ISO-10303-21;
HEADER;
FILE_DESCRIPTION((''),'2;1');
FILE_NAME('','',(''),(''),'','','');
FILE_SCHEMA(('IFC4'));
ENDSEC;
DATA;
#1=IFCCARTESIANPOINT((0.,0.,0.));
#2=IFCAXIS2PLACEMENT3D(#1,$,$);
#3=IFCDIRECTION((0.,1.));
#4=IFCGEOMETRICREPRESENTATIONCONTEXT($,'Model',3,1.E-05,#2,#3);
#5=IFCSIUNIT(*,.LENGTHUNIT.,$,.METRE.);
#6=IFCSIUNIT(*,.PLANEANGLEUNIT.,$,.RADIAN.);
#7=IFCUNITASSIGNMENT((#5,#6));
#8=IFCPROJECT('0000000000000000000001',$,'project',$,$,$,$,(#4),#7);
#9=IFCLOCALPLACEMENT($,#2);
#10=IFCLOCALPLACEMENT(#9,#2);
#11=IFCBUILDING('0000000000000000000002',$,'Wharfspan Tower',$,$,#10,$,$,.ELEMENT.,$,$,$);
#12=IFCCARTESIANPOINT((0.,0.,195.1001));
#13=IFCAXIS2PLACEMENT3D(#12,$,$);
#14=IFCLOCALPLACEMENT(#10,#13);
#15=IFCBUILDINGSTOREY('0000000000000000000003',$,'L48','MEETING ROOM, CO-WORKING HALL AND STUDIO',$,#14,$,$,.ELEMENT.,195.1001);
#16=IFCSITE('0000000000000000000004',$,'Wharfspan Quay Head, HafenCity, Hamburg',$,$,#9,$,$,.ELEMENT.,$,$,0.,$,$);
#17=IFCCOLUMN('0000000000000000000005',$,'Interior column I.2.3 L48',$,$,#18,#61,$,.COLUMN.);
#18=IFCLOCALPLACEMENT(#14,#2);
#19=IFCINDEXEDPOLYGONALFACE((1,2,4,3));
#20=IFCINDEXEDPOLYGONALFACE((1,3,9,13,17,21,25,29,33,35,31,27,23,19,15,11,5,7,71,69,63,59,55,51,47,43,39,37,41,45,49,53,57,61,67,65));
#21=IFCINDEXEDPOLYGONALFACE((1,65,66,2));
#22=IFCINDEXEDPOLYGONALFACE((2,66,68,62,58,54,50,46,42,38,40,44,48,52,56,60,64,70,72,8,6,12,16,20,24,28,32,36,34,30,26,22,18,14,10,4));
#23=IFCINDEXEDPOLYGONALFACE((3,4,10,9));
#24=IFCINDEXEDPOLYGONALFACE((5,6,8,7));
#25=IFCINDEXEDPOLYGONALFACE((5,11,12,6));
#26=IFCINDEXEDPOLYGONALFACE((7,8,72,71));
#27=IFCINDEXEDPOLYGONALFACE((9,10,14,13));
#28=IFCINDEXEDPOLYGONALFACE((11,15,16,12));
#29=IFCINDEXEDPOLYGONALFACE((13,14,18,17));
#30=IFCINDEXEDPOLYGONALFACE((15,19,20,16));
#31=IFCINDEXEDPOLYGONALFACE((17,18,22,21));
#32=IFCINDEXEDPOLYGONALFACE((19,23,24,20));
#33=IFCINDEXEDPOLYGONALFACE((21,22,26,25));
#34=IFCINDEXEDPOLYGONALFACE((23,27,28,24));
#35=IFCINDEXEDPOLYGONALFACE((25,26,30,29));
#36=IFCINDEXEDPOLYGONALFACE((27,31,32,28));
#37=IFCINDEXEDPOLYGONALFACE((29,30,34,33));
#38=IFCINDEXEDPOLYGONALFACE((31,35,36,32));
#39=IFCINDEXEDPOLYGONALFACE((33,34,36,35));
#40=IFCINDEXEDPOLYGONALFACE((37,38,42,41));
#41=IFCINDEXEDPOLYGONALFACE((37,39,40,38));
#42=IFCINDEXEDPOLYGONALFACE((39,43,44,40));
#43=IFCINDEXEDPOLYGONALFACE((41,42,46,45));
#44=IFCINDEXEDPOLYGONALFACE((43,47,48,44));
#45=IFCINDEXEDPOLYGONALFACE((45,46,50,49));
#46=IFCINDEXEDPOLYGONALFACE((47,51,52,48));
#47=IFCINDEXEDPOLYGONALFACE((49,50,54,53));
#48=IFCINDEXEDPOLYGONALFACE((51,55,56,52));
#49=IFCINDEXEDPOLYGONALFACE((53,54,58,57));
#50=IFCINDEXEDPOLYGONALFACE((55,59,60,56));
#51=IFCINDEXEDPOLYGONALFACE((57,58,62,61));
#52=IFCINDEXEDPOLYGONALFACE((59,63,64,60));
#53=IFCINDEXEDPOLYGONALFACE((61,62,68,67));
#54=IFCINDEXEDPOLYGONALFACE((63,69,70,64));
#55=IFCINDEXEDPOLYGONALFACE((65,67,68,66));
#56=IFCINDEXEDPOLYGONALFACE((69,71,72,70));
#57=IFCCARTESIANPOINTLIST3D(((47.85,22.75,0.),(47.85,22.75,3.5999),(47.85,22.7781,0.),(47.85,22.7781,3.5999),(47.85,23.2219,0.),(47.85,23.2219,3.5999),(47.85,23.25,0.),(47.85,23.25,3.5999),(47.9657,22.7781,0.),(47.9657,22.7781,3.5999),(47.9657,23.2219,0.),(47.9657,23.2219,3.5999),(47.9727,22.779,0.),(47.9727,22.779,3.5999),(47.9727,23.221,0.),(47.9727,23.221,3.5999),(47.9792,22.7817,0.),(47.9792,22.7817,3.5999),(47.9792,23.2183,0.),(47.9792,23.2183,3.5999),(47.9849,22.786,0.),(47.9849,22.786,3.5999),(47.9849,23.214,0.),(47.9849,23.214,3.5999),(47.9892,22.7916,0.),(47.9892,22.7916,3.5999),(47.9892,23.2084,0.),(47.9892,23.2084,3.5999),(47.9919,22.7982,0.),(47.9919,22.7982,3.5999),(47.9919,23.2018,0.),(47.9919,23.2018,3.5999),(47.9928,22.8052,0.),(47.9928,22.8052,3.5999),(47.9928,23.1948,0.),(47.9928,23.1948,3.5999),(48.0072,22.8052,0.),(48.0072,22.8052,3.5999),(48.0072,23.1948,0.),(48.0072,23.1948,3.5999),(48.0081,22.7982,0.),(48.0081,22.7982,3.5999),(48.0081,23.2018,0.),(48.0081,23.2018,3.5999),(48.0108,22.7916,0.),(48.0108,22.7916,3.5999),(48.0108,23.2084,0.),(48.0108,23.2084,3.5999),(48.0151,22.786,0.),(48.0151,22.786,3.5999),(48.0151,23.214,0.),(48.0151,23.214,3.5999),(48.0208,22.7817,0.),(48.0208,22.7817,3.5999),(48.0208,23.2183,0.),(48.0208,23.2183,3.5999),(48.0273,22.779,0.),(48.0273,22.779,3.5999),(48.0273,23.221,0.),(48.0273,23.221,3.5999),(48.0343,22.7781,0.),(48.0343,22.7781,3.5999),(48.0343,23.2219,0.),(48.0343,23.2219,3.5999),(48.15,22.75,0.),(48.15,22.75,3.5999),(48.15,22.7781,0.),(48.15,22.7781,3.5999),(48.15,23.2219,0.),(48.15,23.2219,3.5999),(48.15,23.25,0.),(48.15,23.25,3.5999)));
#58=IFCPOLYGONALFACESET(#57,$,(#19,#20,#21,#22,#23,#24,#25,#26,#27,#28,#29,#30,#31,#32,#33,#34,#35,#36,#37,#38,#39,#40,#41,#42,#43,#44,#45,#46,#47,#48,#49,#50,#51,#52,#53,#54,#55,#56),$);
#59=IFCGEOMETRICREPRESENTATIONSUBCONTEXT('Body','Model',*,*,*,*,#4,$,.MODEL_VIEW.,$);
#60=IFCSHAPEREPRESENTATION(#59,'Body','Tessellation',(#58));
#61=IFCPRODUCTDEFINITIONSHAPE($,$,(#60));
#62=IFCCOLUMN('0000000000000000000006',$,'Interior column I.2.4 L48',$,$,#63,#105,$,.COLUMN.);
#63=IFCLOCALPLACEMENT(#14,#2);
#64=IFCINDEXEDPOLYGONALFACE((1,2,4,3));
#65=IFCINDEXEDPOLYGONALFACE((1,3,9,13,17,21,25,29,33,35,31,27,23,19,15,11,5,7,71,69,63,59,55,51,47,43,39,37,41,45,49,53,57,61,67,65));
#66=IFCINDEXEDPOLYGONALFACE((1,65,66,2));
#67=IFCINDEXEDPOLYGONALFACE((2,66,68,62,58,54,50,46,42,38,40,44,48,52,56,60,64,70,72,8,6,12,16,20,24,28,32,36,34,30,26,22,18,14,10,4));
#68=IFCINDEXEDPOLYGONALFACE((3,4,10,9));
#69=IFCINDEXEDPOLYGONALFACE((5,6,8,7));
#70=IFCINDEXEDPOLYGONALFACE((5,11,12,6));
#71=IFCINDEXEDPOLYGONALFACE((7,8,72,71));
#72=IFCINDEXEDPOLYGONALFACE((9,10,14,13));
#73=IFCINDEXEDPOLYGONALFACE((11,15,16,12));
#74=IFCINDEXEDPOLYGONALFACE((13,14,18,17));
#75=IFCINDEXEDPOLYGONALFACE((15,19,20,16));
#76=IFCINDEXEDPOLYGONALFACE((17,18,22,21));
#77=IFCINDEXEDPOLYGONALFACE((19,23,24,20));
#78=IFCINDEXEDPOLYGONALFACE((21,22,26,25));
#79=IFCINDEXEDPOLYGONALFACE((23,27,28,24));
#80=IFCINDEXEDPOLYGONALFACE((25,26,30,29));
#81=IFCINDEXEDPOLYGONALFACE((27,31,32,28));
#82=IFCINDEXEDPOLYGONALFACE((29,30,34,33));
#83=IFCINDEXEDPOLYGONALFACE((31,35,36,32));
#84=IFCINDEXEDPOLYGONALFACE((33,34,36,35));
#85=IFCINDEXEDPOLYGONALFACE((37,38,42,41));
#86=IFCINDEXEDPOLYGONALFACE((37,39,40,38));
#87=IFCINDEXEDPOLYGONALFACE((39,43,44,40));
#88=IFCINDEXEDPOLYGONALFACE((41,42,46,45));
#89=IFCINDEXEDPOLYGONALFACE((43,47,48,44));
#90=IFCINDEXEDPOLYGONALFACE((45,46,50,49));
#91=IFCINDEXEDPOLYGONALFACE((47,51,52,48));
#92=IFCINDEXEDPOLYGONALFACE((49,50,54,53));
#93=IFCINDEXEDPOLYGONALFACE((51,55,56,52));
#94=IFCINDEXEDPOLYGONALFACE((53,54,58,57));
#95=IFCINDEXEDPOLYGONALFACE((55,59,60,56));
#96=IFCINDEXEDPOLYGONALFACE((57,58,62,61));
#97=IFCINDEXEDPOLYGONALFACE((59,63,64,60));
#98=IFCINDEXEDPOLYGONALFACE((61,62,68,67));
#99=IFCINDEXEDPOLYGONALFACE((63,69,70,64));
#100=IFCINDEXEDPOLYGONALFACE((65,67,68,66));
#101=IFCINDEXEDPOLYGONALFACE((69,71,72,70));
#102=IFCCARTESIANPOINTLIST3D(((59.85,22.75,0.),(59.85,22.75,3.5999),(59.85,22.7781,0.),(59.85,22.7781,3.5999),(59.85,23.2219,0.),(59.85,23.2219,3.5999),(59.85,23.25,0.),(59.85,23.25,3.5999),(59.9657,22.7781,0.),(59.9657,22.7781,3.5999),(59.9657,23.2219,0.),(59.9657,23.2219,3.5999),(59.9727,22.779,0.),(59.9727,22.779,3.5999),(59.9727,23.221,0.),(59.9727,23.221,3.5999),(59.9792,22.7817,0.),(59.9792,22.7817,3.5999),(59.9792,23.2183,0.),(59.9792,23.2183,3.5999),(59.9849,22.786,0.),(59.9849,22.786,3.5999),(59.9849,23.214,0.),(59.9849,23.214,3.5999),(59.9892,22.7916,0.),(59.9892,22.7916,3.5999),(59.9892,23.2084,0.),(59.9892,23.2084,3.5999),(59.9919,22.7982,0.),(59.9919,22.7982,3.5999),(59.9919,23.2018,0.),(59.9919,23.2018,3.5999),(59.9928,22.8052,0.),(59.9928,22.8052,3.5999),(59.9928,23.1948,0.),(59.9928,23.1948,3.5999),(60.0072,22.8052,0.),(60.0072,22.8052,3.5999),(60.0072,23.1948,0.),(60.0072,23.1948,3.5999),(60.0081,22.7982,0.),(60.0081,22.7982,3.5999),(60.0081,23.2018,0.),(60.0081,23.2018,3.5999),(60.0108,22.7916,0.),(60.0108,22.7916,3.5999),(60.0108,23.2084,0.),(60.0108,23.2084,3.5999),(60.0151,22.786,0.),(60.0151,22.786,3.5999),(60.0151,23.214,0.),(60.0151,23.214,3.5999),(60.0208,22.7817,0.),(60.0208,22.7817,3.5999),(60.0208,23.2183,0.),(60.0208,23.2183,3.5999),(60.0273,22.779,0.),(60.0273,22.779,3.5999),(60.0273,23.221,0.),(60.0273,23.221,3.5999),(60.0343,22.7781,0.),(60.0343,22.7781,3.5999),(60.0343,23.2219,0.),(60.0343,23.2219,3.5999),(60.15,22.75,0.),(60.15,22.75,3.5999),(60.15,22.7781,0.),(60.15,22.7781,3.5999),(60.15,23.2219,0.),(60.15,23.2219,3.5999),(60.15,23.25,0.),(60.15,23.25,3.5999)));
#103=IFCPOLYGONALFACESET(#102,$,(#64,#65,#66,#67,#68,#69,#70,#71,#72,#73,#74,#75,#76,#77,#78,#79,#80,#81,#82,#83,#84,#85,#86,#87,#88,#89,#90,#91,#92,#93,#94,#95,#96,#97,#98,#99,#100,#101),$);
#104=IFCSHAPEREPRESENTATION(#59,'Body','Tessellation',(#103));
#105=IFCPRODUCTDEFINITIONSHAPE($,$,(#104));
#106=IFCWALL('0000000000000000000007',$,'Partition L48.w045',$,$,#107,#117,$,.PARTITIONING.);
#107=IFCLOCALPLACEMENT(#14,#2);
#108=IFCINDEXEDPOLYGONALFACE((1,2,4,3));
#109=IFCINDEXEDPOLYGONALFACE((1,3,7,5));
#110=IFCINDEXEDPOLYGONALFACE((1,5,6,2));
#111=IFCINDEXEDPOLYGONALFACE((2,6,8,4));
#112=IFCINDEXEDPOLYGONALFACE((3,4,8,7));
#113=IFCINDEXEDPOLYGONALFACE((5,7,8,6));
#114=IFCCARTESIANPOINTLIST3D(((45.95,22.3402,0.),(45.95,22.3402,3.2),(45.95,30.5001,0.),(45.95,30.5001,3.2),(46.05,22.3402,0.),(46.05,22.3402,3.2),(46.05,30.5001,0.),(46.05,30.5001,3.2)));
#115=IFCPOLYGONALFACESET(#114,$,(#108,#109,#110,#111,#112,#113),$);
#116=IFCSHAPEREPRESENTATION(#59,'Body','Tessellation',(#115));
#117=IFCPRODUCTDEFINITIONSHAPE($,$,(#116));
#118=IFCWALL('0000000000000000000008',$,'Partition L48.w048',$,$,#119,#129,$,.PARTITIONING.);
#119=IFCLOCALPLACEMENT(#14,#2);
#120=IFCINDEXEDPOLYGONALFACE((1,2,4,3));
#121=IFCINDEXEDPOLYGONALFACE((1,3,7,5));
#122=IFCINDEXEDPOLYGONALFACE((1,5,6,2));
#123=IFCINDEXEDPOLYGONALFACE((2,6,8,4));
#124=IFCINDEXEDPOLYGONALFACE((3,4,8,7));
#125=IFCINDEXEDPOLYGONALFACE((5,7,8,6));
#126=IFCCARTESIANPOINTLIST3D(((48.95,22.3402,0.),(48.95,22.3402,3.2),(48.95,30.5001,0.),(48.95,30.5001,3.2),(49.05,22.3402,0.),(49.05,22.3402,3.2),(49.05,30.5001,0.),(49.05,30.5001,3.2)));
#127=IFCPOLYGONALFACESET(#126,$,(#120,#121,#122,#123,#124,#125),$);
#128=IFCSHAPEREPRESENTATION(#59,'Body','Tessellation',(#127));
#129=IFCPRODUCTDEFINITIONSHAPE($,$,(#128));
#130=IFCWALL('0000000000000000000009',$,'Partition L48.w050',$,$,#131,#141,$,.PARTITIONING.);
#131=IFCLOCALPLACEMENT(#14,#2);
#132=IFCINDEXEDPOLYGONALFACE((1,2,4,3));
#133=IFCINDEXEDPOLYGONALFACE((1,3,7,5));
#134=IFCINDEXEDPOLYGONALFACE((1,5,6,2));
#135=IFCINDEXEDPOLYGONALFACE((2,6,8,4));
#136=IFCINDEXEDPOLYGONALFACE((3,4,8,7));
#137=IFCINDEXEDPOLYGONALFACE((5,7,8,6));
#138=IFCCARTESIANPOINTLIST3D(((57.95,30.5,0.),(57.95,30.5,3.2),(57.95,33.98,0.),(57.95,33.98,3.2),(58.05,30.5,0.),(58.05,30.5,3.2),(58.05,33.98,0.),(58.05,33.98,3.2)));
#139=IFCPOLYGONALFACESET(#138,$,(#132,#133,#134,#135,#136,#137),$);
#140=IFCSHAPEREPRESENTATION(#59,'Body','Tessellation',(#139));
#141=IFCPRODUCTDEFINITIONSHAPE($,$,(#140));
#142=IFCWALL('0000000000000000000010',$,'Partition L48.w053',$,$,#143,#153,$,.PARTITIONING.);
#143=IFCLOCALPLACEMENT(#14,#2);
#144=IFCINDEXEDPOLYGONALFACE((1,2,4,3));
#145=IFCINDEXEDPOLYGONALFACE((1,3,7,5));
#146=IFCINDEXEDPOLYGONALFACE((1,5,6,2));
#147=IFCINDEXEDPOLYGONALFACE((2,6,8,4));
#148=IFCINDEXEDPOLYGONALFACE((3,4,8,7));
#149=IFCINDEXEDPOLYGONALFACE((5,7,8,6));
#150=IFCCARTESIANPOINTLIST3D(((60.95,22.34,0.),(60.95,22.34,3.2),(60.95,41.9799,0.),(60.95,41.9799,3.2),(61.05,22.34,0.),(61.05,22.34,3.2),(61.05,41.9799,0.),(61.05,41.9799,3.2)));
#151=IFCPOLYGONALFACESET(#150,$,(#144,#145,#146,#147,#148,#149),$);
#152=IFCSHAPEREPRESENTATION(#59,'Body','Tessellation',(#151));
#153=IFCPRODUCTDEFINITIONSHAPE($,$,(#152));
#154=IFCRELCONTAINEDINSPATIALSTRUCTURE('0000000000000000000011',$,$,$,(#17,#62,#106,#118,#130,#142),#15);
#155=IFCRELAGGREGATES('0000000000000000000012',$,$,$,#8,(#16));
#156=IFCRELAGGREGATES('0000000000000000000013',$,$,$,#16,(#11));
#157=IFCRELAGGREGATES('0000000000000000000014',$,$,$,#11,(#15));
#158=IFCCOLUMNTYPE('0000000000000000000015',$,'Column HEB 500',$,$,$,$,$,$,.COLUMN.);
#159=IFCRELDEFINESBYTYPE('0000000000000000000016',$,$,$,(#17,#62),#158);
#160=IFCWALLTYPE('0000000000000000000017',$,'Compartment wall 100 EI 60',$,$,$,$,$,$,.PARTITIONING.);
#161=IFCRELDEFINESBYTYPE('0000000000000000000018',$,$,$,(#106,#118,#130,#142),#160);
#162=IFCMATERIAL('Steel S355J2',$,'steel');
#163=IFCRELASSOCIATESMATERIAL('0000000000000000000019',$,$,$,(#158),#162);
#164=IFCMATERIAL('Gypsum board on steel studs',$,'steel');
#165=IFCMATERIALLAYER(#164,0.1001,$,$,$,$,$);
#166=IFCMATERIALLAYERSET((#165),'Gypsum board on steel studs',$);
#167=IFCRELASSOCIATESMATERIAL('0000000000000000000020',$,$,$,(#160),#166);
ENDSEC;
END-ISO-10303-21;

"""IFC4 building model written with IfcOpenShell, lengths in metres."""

from ifc_helpers import new_model, si_unit, direction, frame, frame_2d, origin, origin_2d, place, context, subcontext, project, spatial, rectangle, i_section, extrude, material, layer, layer_set, material_profile, profile_set, type_object, element, save


model = new_model("IFC4")

# Units and contexts
model_context = context("Model", 3, precision=1e-05, world=origin(), true_north=direction((0.0, 1.0)))
body_context = subcontext(model_context, "Body", "Model", "MODEL_VIEW")
ifc_project = project(units=[si_unit("LENGTHUNIT", "METRE"), si_unit("PLANEANGLEUNIT", "RADIAN")], contexts=[model_context])

# Site, building, storey
site_placement = place(None, origin())
site = spatial("IfcSite", under=ifc_project, at=site_placement, Name="Wharfspan Quay Head, HafenCity, Hamburg", CompositionType="ELEMENT", RefElevation=0.0)
building_placement = place(site_placement, origin())
building = spatial("IfcBuilding", under=site, at=building_placement, Name="Wharfspan Tower", CompositionType="ELEMENT")
storey_placement = place(building_placement, frame((0.0, 0.0, 195.1001)))
storey = spatial("IfcBuildingStorey", under=building, at=storey_placement, Name="L48", Description="MEETING ROOM, CO-WORKING HALL AND STUDIO", CompositionType="ELEMENT", Elevation=195.1001)

# Columns
ifc_material_1 = material(Name="Steel S355J2", Category="steel")
ifc_material_profile = material_profile(ifc_material_1, i_section(OverallWidth=0.3, OverallDepth=0.5, WebThickness=0.0144, FlangeThickness=0.0281, FilletRadius=0.0271, at=origin_2d()))
ifc_profile_set = profile_set([ifc_material_profile], Name="Steel S355J2")
column_type = type_object("IfcColumnType", Name="Column HEB 500", PredefinedType="COLUMN", material=ifc_profile_set)
for number, where, z_axis, x_axis, name in (
    (1, (48.0, 23.0, 0.0), (0.0, 0.0, 1.0), (1.0, 0.0, 0.0), "Interior column I.2.3 L48"),
    (2, (60.0, 23.0, 0.0), (0.0, 0.0, 1.0), (1.0, 0.0, 0.0), "Interior column I.2.4 L48"),
):
    element("IfcColumn", number, at=place(storey_placement, frame(where, z_axis=z_axis, x_axis=x_axis)), inside=storey, type_object=column_type, Name=name, PredefinedType="COLUMN", context=body_context, shape_type="SweptSolid", body=[
        extrude(i_section(OverallWidth=0.3, OverallDepth=0.5, WebThickness=0.0144, FlangeThickness=0.0281, FilletRadius=0.0271, at=origin_2d()), origin(), (0.0, 0.0, 1.0), 3.5999),
    ])

# Walls
ifc_material_2 = material(Name="Gypsum board on steel studs", Category="steel")
ifc_layer_1 = layer(ifc_material_2, 0.1001)
ifc_layer_set_1 = layer_set([ifc_layer_1], Name="Gypsum board on steel studs")
wall_type_1 = type_object("IfcWallType", Name="Compartment wall 100 EI 60", PredefinedType="PARTITIONING", material=ifc_layer_set_1)
for number, where, z_axis, x_axis, name in (
    (3, (46.0, 22.3401, 0.0), (0.0, 0.0, 1.0), (0.0, 1.0, 0.0), "Partition L48.w045"),
    (4, (49.0, 22.3401, 0.0), (0.0, 0.0, 1.0), (0.0, 1.0, 0.0), "Partition L48.w048"),
):
    element("IfcWall", number, at=place(storey_placement, frame(where, z_axis=z_axis, x_axis=x_axis)), inside=storey, type_object=wall_type_1, Name=name, PredefinedType="PARTITIONING", context=body_context, shape_type="SweptSolid", body=[
        extrude(rectangle(XDim=8.1599, YDim=0.1001, at=frame_2d((4.0801, 0.0))), origin(), (0.0, 0.0, 1.0), 3.2),
    ])
wall_1_placement = place(storey_placement, frame((58.0, 30.5, 0.0), z_axis=(0.0, 0.0, 1.0), x_axis=(0.0, 1.0, 0.0)))
element("IfcWall", 5, at=wall_1_placement, inside=storey, type_object=wall_type_1, Name="Partition L48.w050", PredefinedType="PARTITIONING", context=body_context, shape_type="SweptSolid", body=[
    extrude(rectangle(XDim=3.48, YDim=0.1001, at=frame_2d((1.74, 0.0))), origin(), (0.0, 0.0, 1.0), 3.2),
])
wall_2_placement = place(storey_placement, frame((61.0, 22.3401, 0.0), z_axis=(0.0, 0.0, 1.0), x_axis=(0.0, 1.0, 0.0)))
element("IfcWall", 6, at=wall_2_placement, inside=storey, type_object=wall_type_1, Name="Partition L48.w053", PredefinedType="PARTITIONING", context=body_context, shape_type="SweptSolid", body=[
    extrude(rectangle(XDim=19.6399, YDim=0.1001, at=frame_2d((9.8198, 0.0))), origin(), (0.0, 0.0, 1.0), 3.2),
])

save(model, "model.ifc")
